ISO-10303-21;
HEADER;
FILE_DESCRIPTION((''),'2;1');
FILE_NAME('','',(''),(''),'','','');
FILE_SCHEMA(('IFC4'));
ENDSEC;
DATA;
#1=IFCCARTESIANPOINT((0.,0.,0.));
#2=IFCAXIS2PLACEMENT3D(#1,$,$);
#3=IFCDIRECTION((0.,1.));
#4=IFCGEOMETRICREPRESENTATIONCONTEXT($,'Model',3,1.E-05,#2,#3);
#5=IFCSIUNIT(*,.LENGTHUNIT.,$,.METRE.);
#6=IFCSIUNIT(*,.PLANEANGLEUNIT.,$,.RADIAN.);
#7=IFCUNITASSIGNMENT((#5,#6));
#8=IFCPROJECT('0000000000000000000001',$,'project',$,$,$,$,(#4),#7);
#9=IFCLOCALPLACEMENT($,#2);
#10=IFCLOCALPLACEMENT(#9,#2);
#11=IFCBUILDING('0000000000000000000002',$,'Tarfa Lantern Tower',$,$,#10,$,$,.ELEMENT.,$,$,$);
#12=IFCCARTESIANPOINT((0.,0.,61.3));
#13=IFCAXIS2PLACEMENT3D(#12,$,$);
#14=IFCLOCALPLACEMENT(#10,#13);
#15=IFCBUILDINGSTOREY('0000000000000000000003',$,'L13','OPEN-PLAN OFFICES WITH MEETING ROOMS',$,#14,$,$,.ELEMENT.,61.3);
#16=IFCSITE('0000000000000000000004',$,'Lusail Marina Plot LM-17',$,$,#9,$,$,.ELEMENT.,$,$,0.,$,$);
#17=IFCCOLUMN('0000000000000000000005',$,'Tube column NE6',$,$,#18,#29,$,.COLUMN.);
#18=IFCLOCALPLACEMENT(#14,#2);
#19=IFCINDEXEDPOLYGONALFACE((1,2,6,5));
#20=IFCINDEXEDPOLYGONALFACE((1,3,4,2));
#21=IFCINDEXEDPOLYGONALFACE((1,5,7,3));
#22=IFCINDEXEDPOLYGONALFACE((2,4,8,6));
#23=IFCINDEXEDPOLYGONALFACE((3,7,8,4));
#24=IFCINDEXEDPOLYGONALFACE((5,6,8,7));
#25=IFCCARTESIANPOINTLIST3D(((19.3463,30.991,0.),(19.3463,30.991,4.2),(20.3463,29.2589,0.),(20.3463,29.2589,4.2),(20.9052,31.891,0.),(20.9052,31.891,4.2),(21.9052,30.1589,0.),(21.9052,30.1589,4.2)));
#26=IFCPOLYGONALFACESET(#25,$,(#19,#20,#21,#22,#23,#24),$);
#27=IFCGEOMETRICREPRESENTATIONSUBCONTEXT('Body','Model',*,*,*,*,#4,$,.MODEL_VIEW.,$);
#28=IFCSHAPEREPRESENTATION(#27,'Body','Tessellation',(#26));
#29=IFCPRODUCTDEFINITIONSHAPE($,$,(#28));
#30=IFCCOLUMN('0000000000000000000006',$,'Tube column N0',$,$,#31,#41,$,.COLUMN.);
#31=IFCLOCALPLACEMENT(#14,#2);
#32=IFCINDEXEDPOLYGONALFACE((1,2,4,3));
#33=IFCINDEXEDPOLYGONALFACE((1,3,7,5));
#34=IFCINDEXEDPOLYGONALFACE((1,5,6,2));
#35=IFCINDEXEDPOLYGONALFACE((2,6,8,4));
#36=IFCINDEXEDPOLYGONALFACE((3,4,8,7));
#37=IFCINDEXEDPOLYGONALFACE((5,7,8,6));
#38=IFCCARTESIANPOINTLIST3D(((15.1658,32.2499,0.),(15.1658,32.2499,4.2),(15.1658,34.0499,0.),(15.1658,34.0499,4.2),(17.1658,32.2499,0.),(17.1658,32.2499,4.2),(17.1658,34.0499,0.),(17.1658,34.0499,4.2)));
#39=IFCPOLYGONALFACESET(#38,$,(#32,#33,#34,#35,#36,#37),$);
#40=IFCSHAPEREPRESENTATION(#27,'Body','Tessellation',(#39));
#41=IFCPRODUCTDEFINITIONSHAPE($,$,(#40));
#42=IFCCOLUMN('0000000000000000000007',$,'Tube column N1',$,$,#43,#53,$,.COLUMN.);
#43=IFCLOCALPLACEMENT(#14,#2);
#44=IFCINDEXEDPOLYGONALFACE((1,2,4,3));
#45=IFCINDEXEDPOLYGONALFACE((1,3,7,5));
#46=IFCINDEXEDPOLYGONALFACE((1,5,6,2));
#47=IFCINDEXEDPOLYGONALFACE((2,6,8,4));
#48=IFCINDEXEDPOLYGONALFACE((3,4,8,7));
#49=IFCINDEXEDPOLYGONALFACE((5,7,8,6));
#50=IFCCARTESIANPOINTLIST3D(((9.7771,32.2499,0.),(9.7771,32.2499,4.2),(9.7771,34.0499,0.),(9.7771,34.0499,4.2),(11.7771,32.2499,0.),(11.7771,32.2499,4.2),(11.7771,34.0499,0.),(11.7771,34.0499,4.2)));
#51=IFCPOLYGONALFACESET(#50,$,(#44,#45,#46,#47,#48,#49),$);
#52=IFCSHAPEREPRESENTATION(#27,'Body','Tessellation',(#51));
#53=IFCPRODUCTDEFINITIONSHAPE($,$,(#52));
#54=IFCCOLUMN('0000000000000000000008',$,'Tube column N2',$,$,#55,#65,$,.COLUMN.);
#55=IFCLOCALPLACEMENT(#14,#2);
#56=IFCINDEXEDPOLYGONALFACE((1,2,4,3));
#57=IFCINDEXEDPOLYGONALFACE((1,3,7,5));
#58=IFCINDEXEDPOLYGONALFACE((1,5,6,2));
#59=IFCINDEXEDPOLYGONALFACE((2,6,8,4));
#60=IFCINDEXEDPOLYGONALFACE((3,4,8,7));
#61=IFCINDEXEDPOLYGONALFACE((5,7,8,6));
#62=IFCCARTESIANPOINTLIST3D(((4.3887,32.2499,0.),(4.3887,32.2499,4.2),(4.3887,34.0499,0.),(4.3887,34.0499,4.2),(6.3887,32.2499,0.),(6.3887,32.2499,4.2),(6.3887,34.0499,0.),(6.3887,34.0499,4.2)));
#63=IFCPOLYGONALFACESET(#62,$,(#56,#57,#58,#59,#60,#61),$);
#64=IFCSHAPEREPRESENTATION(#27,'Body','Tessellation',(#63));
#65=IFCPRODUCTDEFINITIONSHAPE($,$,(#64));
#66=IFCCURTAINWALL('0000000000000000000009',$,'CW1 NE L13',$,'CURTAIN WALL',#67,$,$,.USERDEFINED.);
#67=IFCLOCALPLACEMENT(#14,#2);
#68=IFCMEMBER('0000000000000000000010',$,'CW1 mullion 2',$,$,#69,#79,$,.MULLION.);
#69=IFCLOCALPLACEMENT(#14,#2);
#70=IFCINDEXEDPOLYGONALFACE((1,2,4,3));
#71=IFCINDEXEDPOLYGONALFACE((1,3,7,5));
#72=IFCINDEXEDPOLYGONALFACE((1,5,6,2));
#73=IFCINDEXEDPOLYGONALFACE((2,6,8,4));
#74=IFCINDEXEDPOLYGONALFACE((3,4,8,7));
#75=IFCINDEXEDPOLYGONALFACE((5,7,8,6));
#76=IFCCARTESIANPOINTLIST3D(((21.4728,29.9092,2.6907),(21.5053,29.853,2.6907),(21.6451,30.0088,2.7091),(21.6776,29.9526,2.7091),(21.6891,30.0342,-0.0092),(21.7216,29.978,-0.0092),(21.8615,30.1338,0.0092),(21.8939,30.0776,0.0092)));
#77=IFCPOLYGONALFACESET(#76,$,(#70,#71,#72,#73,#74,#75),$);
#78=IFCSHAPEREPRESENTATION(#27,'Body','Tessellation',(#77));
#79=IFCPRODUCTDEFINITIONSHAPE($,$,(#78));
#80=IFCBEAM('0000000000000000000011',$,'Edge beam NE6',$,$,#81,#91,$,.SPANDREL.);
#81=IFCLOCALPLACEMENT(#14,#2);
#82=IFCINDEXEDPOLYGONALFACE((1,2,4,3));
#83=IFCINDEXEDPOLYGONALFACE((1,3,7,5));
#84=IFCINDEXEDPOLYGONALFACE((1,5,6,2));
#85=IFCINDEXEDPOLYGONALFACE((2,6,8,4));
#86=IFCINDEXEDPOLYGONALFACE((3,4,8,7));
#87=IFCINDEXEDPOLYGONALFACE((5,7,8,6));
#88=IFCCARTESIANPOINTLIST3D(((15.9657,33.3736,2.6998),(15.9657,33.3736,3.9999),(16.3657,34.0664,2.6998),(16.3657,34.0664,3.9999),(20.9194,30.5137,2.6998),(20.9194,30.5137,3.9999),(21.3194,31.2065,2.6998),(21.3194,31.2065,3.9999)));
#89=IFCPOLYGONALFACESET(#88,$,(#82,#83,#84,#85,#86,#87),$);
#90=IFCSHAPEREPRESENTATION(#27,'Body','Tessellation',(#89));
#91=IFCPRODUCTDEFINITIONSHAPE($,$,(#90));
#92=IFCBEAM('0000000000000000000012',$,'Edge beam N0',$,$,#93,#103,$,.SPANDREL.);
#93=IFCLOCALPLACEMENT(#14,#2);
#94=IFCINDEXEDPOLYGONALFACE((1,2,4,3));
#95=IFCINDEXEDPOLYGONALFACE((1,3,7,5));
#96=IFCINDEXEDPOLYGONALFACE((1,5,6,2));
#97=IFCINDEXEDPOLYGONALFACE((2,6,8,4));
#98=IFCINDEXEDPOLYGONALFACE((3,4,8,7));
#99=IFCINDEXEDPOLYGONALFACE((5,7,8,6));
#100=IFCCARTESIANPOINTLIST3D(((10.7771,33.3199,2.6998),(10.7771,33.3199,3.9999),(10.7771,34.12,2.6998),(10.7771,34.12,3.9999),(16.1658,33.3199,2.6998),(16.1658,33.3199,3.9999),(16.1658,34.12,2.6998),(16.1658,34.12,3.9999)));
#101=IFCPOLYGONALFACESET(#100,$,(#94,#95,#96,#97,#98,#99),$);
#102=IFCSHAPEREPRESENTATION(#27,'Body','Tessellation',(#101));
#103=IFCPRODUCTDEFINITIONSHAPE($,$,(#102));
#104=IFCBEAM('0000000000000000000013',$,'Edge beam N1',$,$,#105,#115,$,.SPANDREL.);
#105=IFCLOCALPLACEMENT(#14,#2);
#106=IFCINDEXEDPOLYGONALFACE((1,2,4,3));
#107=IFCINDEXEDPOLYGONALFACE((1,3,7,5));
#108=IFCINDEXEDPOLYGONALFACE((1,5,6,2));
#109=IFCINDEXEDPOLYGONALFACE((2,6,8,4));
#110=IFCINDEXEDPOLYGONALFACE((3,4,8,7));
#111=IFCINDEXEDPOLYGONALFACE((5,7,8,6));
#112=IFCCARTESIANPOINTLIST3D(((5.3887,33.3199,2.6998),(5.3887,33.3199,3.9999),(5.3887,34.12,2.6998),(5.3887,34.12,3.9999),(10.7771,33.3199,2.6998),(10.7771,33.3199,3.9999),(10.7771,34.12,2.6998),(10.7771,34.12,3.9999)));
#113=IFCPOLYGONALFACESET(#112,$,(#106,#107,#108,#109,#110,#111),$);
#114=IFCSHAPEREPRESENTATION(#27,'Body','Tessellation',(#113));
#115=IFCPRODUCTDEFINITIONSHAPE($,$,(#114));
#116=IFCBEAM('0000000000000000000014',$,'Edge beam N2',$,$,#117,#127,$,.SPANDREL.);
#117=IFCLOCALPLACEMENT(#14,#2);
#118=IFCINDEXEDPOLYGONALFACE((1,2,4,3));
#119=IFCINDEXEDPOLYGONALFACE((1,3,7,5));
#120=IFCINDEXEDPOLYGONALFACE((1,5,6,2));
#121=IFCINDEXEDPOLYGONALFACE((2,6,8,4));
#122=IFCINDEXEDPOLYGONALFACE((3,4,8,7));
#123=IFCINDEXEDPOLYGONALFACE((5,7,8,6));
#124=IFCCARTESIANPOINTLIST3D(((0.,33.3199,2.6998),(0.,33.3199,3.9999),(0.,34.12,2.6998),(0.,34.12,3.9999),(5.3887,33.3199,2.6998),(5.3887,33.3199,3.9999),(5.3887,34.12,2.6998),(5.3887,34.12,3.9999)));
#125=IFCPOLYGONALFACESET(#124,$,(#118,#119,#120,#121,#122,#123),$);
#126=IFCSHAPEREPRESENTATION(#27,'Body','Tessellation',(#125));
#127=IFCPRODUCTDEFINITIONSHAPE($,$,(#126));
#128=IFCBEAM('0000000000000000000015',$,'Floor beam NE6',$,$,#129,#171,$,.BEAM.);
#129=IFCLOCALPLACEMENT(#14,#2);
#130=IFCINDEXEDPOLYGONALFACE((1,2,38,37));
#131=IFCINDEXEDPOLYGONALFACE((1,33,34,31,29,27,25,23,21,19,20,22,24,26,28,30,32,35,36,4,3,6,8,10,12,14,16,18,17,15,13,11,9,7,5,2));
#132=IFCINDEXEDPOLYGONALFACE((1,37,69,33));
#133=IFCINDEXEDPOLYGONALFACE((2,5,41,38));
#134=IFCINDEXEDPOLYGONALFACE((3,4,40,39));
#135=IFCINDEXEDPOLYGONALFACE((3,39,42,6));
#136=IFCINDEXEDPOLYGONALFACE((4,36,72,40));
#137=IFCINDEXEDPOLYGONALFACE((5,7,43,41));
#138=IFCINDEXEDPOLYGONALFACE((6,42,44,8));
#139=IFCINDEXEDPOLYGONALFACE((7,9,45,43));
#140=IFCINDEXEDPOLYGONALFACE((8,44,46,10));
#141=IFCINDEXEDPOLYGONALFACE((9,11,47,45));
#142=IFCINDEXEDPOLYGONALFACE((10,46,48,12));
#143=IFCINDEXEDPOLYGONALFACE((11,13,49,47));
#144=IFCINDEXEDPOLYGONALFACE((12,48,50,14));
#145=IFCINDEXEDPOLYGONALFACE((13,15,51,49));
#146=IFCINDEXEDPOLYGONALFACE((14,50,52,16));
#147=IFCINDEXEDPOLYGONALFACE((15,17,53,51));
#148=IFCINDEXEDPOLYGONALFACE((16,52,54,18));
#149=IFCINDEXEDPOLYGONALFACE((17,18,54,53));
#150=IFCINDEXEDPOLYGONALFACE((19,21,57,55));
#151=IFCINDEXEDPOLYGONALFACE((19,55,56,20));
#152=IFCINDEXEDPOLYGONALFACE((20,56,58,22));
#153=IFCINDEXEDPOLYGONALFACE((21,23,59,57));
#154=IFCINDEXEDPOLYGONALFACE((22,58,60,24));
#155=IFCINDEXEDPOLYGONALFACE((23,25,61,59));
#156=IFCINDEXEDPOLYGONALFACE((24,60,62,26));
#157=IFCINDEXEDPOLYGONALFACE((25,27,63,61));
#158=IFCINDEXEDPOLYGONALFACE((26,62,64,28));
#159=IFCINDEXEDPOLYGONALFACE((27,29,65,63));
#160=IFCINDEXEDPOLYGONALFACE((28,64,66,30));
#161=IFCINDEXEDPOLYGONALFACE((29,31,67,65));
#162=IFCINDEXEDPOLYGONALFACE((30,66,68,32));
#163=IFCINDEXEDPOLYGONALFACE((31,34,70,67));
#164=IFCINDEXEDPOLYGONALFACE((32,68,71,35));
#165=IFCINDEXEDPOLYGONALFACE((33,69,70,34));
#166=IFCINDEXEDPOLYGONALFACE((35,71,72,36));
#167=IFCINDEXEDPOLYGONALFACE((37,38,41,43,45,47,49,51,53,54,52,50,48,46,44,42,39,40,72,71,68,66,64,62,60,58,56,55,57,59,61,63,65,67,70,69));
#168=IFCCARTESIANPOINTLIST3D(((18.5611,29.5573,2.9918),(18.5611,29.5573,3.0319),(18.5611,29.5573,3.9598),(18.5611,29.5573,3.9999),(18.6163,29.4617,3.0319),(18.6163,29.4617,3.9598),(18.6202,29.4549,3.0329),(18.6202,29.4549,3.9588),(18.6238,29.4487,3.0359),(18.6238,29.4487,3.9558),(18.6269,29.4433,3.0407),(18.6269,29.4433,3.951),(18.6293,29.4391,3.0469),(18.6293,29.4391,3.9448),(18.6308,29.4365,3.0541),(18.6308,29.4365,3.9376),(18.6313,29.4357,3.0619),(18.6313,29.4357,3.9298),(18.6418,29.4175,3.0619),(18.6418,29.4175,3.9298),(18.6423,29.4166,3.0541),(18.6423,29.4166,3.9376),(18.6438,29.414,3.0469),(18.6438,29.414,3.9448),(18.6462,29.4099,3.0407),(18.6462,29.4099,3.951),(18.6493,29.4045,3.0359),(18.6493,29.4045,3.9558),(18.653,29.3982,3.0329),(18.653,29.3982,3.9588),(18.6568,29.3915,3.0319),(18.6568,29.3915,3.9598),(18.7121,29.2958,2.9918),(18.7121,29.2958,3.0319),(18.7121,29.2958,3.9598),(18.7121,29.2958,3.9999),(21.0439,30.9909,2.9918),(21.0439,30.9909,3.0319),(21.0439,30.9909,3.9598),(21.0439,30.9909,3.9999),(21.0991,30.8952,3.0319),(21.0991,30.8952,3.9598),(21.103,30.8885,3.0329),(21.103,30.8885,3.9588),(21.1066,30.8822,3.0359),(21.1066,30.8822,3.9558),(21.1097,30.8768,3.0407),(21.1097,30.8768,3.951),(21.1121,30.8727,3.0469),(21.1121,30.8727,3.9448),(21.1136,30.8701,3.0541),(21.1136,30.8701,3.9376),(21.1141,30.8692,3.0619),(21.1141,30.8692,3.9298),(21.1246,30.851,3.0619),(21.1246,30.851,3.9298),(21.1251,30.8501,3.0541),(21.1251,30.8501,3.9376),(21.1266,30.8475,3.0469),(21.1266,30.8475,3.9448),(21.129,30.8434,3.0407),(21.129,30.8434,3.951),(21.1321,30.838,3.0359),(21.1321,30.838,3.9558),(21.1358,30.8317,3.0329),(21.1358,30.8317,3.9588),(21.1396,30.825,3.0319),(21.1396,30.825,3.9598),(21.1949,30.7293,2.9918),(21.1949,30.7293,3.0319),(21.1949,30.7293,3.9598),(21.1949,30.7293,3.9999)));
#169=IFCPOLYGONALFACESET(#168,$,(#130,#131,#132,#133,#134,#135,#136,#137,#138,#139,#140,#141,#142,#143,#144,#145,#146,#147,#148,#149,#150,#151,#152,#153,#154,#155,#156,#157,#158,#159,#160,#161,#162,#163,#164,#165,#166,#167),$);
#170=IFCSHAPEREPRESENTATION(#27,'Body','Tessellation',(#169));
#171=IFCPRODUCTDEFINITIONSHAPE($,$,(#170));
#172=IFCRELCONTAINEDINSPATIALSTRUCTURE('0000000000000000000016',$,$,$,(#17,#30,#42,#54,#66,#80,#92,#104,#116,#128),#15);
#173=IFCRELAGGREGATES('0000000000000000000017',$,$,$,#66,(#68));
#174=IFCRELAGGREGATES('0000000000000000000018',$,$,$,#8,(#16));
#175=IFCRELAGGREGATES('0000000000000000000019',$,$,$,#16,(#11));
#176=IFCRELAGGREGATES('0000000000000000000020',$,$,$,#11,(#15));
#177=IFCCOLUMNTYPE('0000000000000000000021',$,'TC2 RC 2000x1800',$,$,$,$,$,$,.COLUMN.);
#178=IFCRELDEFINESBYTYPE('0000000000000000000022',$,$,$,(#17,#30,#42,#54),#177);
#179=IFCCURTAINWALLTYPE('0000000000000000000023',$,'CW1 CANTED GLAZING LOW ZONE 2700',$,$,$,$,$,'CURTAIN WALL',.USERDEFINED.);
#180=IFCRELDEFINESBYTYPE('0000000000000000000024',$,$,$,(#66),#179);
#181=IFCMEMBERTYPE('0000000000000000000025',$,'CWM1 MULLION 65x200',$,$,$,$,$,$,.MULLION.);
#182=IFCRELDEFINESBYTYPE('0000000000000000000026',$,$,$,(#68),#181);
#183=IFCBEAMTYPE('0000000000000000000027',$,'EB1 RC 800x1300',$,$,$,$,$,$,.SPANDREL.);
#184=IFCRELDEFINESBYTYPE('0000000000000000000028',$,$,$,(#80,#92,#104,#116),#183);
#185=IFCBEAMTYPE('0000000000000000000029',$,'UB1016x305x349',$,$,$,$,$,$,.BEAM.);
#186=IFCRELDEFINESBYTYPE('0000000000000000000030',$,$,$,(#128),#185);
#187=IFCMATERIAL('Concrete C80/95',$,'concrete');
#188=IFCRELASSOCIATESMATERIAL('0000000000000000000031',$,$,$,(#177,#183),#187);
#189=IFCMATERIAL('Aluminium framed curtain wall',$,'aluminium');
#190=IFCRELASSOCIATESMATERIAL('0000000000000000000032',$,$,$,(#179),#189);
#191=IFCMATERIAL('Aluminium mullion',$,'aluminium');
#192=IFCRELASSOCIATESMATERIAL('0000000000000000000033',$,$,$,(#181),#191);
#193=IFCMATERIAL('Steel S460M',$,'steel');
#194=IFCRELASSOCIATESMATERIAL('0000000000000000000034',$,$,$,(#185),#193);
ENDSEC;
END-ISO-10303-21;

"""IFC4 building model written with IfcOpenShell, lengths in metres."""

from ifc_helpers import new_model, si_unit, direction, frame, origin, origin_2d, place, context, subcontext, project, spatial, rectangle, i_section, extrude, material, material_profile, profile_set, type_object, element, aggregate, save


model = new_model("IFC4")

# Units and contexts
model_context = context("Model", 3, precision=1e-05, world=origin(), true_north=direction((0.0, 1.0)))
body_context = subcontext(model_context, "Body", "Model", "MODEL_VIEW")
ifc_project = project(units=[si_unit("LENGTHUNIT", "METRE"), si_unit("PLANEANGLEUNIT", "RADIAN")], contexts=[model_context])

# Site, building, storey
site_placement = place(None, origin())
site = spatial("IfcSite", under=ifc_project, at=site_placement, Name="Lusail Marina Plot LM-17", CompositionType="ELEMENT", RefElevation=0.0)
building_placement = place(site_placement, origin())
building = spatial("IfcBuilding", under=site, at=building_placement, Name="Tarfa Lantern Tower", CompositionType="ELEMENT")
storey_placement = place(building_placement, frame((0.0, 0.0, 61.3)))
storey = spatial("IfcBuildingStorey", under=building, at=storey_placement, Name="L13", Description="OPEN-PLAN OFFICES WITH MEETING ROOMS", CompositionType="ELEMENT", Elevation=61.3)

# Columns
ifc_material_1 = material(Name="Concrete C80/95", Category="concrete")
ifc_material_profile_1 = material_profile(ifc_material_1, rectangle(XDim=2.0, YDim=1.8, at=origin_2d()), Name="RC 2000x1800")
ifc_profile_set_1 = profile_set([ifc_material_profile_1], Name="Concrete C80/95")
column_type = type_object("IfcColumnType", Name="TC2 RC 2000x1800", PredefinedType="COLUMN", material=ifc_profile_set_1)
for number, where, z_axis, x_axis, name in (
    (1, (20.6257, 30.575, 0.0), (0.0, 0.0, 1.0), (-0.5, 0.866025, 0.0), "Tube column NE6"),
    (2, (16.1658, 33.1499, 0.0), (0.0, 0.0, 1.0), (-1.0, 0.0, 0.0), "Tube column N0"),
    (3, (10.7771, 33.1499, 0.0), (0.0, 0.0, 1.0), (-1.0, 0.0, 0.0), "Tube column N1"),
    (4, (5.3887, 33.1499, 0.0), (0.0, 0.0, 1.0), (-1.0, 0.0, 0.0), "Tube column N2"),
):
    element("IfcColumn", number, at=place(storey_placement, frame(where, z_axis=z_axis, x_axis=x_axis)), inside=storey, type_object=column_type, Name=name, PredefinedType="COLUMN", context=body_context, shape_type="SweptSolid", body=[
        extrude(rectangle(XDim=2.0, YDim=1.8, at=origin_2d()), origin(), (0.0, 0.0, 1.0), 4.2),
    ])

# Curtain wall, member
ifc_material_2 = material(Name="Aluminium framed curtain wall", Category="aluminium")
curtain_wall_type = type_object("IfcCurtainWallType", Name="CW1 CANTED GLAZING LOW ZONE 2700", ElementType="CURTAIN WALL", PredefinedType="USERDEFINED", material=ifc_material_2)
curtain_wall_placement = place(storey_placement, origin())
curtain_wall = element("IfcCurtainWall", 5, at=curtain_wall_placement, inside=storey, type_object=curtain_wall_type, Name="CW1 NE L13", ObjectType="CURTAIN WALL", PredefinedType="USERDEFINED")
ifc_material_3 = material(Name="Aluminium mullion", Category="aluminium")
ifc_material_profile_2 = material_profile(ifc_material_3, rectangle(XDim=0.0649, YDim=0.2, at=origin_2d()), Name="AL MULLION 65x200")
ifc_profile_set_2 = profile_set([ifc_material_profile_2], Name="Aluminium mullion")
member_type = type_object("IfcMemberType", Name="CWM1 MULLION 65x200", PredefinedType="MULLION", material=ifc_profile_set_2)
member_placement = place(storey_placement, frame((21.7915, 30.0559, 0.0), z_axis=(-0.079775, -0.0461, 0.995746), x_axis=(0.500343, -0.865827, 0.0)))
member = element("IfcMember", 6, at=member_placement, type_object=member_type, Name="CW1 mullion 2", PredefinedType="MULLION", context=body_context, shape_type="SweptSolid", body=[
    extrude(rectangle(XDim=0.0649, YDim=0.2, at=origin_2d()), origin(), (0.0, 0.0, 1.0), 2.7114),
])
aggregate(curtain_wall, [member])

# Beams
ifc_material_profile_3 = material_profile(ifc_material_1, rectangle(XDim=0.8, YDim=1.3, at=origin_2d()), Name="RC 800x1300")
ifc_profile_set_3 = profile_set([ifc_material_profile_3], Name="Concrete C80/95")
beam_type_1 = type_object("IfcBeamType", Name="EB1 RC 800x1300", PredefinedType="SPANDREL", material=ifc_profile_set_3)
beam_1_placement = place(storey_placement, frame((21.1194, 30.8601, 3.3499), z_axis=(-0.866033, 0.499986, 0.0), x_axis=(-0.499986, -0.866033, 0.0)))
element("IfcBeam", 7, at=beam_1_placement, inside=storey, type_object=beam_type_1, Name="Edge beam NE6", PredefinedType="SPANDREL", context=body_context, shape_type="SweptSolid", body=[
    extrude(rectangle(XDim=0.8, YDim=1.3, at=origin_2d()), origin(), (0.0, 0.0, 1.0), 5.72),
])
beam_2_placement = place(storey_placement, frame((16.1658, 33.72, 3.3499), z_axis=(-1.0, 0.0, 0.0), x_axis=(0.0, -1.0, 0.0)))
element("IfcBeam", 8, at=beam_2_placement, inside=storey, type_object=beam_type_1, Name="Edge beam N0", PredefinedType="SPANDREL", context=body_context, shape_type="SweptSolid", body=[
    extrude(rectangle(XDim=0.8, YDim=1.3, at=origin_2d()), origin(), (0.0, 0.0, 1.0), 5.3887),
])
beam_3_placement = place(storey_placement, frame((10.7771, 33.72, 3.3499), z_axis=(-1.0, 0.0, 0.0), x_axis=(0.0, -1.0, 0.0)))
element("IfcBeam", 9, at=beam_3_placement, inside=storey, type_object=beam_type_1, Name="Edge beam N1", PredefinedType="SPANDREL", context=body_context, shape_type="SweptSolid", body=[
    extrude(rectangle(XDim=0.8, YDim=1.3, at=origin_2d()), origin(), (0.0, 0.0, 1.0), 5.3884),
])
beam_4_placement = place(storey_placement, frame((5.3887, 33.72, 3.3499), z_axis=(-1.0, 0.0, 0.0), x_axis=(0.0, -1.0, 0.0)))
element("IfcBeam", 10, at=beam_4_placement, inside=storey, type_object=beam_type_1, Name="Edge beam N2", PredefinedType="SPANDREL", context=body_context, shape_type="SweptSolid", body=[
    extrude(rectangle(XDim=0.8, YDim=1.3, at=origin_2d()), origin(), (0.0, 0.0, 1.0), 5.3887),
])
ifc_material_4 = material(Name="Steel S460M", Category="steel")
ifc_material_profile_4 = material_profile(ifc_material_4, i_section(OverallWidth=0.302, OverallDepth=1.0081, WebThickness=0.021, FlangeThickness=0.04, FilletRadius=0.03, at=origin_2d()), Name="UB1016x305x349")
ifc_profile_set_4 = profile_set([ifc_material_profile_4], Name="Steel S460M")
beam_type_2 = type_object("IfcBeamType", Name="UB1016x305x349", PredefinedType="BEAM", material=ifc_profile_set_4)
beam_5_placement = place(storey_placement, frame((21.1194, 30.8601, 3.4958), z_axis=(-0.866013, -0.500022, 0.0), x_axis=(0.500022, -0.866013, 0.0)))
element("IfcBeam", 11, at=beam_5_placement, inside=storey, type_object=beam_type_2, Name="Floor beam NE6", PredefinedType="BEAM", context=body_context, shape_type="SweptSolid", body=[
    extrude(i_section(OverallWidth=0.302, OverallDepth=1.0081, WebThickness=0.021, FlangeThickness=0.04, FilletRadius=0.03, at=origin_2d()), origin(), (0.0, 0.0, 1.0), 2.8669),
])

save(model, "model.ifc")
